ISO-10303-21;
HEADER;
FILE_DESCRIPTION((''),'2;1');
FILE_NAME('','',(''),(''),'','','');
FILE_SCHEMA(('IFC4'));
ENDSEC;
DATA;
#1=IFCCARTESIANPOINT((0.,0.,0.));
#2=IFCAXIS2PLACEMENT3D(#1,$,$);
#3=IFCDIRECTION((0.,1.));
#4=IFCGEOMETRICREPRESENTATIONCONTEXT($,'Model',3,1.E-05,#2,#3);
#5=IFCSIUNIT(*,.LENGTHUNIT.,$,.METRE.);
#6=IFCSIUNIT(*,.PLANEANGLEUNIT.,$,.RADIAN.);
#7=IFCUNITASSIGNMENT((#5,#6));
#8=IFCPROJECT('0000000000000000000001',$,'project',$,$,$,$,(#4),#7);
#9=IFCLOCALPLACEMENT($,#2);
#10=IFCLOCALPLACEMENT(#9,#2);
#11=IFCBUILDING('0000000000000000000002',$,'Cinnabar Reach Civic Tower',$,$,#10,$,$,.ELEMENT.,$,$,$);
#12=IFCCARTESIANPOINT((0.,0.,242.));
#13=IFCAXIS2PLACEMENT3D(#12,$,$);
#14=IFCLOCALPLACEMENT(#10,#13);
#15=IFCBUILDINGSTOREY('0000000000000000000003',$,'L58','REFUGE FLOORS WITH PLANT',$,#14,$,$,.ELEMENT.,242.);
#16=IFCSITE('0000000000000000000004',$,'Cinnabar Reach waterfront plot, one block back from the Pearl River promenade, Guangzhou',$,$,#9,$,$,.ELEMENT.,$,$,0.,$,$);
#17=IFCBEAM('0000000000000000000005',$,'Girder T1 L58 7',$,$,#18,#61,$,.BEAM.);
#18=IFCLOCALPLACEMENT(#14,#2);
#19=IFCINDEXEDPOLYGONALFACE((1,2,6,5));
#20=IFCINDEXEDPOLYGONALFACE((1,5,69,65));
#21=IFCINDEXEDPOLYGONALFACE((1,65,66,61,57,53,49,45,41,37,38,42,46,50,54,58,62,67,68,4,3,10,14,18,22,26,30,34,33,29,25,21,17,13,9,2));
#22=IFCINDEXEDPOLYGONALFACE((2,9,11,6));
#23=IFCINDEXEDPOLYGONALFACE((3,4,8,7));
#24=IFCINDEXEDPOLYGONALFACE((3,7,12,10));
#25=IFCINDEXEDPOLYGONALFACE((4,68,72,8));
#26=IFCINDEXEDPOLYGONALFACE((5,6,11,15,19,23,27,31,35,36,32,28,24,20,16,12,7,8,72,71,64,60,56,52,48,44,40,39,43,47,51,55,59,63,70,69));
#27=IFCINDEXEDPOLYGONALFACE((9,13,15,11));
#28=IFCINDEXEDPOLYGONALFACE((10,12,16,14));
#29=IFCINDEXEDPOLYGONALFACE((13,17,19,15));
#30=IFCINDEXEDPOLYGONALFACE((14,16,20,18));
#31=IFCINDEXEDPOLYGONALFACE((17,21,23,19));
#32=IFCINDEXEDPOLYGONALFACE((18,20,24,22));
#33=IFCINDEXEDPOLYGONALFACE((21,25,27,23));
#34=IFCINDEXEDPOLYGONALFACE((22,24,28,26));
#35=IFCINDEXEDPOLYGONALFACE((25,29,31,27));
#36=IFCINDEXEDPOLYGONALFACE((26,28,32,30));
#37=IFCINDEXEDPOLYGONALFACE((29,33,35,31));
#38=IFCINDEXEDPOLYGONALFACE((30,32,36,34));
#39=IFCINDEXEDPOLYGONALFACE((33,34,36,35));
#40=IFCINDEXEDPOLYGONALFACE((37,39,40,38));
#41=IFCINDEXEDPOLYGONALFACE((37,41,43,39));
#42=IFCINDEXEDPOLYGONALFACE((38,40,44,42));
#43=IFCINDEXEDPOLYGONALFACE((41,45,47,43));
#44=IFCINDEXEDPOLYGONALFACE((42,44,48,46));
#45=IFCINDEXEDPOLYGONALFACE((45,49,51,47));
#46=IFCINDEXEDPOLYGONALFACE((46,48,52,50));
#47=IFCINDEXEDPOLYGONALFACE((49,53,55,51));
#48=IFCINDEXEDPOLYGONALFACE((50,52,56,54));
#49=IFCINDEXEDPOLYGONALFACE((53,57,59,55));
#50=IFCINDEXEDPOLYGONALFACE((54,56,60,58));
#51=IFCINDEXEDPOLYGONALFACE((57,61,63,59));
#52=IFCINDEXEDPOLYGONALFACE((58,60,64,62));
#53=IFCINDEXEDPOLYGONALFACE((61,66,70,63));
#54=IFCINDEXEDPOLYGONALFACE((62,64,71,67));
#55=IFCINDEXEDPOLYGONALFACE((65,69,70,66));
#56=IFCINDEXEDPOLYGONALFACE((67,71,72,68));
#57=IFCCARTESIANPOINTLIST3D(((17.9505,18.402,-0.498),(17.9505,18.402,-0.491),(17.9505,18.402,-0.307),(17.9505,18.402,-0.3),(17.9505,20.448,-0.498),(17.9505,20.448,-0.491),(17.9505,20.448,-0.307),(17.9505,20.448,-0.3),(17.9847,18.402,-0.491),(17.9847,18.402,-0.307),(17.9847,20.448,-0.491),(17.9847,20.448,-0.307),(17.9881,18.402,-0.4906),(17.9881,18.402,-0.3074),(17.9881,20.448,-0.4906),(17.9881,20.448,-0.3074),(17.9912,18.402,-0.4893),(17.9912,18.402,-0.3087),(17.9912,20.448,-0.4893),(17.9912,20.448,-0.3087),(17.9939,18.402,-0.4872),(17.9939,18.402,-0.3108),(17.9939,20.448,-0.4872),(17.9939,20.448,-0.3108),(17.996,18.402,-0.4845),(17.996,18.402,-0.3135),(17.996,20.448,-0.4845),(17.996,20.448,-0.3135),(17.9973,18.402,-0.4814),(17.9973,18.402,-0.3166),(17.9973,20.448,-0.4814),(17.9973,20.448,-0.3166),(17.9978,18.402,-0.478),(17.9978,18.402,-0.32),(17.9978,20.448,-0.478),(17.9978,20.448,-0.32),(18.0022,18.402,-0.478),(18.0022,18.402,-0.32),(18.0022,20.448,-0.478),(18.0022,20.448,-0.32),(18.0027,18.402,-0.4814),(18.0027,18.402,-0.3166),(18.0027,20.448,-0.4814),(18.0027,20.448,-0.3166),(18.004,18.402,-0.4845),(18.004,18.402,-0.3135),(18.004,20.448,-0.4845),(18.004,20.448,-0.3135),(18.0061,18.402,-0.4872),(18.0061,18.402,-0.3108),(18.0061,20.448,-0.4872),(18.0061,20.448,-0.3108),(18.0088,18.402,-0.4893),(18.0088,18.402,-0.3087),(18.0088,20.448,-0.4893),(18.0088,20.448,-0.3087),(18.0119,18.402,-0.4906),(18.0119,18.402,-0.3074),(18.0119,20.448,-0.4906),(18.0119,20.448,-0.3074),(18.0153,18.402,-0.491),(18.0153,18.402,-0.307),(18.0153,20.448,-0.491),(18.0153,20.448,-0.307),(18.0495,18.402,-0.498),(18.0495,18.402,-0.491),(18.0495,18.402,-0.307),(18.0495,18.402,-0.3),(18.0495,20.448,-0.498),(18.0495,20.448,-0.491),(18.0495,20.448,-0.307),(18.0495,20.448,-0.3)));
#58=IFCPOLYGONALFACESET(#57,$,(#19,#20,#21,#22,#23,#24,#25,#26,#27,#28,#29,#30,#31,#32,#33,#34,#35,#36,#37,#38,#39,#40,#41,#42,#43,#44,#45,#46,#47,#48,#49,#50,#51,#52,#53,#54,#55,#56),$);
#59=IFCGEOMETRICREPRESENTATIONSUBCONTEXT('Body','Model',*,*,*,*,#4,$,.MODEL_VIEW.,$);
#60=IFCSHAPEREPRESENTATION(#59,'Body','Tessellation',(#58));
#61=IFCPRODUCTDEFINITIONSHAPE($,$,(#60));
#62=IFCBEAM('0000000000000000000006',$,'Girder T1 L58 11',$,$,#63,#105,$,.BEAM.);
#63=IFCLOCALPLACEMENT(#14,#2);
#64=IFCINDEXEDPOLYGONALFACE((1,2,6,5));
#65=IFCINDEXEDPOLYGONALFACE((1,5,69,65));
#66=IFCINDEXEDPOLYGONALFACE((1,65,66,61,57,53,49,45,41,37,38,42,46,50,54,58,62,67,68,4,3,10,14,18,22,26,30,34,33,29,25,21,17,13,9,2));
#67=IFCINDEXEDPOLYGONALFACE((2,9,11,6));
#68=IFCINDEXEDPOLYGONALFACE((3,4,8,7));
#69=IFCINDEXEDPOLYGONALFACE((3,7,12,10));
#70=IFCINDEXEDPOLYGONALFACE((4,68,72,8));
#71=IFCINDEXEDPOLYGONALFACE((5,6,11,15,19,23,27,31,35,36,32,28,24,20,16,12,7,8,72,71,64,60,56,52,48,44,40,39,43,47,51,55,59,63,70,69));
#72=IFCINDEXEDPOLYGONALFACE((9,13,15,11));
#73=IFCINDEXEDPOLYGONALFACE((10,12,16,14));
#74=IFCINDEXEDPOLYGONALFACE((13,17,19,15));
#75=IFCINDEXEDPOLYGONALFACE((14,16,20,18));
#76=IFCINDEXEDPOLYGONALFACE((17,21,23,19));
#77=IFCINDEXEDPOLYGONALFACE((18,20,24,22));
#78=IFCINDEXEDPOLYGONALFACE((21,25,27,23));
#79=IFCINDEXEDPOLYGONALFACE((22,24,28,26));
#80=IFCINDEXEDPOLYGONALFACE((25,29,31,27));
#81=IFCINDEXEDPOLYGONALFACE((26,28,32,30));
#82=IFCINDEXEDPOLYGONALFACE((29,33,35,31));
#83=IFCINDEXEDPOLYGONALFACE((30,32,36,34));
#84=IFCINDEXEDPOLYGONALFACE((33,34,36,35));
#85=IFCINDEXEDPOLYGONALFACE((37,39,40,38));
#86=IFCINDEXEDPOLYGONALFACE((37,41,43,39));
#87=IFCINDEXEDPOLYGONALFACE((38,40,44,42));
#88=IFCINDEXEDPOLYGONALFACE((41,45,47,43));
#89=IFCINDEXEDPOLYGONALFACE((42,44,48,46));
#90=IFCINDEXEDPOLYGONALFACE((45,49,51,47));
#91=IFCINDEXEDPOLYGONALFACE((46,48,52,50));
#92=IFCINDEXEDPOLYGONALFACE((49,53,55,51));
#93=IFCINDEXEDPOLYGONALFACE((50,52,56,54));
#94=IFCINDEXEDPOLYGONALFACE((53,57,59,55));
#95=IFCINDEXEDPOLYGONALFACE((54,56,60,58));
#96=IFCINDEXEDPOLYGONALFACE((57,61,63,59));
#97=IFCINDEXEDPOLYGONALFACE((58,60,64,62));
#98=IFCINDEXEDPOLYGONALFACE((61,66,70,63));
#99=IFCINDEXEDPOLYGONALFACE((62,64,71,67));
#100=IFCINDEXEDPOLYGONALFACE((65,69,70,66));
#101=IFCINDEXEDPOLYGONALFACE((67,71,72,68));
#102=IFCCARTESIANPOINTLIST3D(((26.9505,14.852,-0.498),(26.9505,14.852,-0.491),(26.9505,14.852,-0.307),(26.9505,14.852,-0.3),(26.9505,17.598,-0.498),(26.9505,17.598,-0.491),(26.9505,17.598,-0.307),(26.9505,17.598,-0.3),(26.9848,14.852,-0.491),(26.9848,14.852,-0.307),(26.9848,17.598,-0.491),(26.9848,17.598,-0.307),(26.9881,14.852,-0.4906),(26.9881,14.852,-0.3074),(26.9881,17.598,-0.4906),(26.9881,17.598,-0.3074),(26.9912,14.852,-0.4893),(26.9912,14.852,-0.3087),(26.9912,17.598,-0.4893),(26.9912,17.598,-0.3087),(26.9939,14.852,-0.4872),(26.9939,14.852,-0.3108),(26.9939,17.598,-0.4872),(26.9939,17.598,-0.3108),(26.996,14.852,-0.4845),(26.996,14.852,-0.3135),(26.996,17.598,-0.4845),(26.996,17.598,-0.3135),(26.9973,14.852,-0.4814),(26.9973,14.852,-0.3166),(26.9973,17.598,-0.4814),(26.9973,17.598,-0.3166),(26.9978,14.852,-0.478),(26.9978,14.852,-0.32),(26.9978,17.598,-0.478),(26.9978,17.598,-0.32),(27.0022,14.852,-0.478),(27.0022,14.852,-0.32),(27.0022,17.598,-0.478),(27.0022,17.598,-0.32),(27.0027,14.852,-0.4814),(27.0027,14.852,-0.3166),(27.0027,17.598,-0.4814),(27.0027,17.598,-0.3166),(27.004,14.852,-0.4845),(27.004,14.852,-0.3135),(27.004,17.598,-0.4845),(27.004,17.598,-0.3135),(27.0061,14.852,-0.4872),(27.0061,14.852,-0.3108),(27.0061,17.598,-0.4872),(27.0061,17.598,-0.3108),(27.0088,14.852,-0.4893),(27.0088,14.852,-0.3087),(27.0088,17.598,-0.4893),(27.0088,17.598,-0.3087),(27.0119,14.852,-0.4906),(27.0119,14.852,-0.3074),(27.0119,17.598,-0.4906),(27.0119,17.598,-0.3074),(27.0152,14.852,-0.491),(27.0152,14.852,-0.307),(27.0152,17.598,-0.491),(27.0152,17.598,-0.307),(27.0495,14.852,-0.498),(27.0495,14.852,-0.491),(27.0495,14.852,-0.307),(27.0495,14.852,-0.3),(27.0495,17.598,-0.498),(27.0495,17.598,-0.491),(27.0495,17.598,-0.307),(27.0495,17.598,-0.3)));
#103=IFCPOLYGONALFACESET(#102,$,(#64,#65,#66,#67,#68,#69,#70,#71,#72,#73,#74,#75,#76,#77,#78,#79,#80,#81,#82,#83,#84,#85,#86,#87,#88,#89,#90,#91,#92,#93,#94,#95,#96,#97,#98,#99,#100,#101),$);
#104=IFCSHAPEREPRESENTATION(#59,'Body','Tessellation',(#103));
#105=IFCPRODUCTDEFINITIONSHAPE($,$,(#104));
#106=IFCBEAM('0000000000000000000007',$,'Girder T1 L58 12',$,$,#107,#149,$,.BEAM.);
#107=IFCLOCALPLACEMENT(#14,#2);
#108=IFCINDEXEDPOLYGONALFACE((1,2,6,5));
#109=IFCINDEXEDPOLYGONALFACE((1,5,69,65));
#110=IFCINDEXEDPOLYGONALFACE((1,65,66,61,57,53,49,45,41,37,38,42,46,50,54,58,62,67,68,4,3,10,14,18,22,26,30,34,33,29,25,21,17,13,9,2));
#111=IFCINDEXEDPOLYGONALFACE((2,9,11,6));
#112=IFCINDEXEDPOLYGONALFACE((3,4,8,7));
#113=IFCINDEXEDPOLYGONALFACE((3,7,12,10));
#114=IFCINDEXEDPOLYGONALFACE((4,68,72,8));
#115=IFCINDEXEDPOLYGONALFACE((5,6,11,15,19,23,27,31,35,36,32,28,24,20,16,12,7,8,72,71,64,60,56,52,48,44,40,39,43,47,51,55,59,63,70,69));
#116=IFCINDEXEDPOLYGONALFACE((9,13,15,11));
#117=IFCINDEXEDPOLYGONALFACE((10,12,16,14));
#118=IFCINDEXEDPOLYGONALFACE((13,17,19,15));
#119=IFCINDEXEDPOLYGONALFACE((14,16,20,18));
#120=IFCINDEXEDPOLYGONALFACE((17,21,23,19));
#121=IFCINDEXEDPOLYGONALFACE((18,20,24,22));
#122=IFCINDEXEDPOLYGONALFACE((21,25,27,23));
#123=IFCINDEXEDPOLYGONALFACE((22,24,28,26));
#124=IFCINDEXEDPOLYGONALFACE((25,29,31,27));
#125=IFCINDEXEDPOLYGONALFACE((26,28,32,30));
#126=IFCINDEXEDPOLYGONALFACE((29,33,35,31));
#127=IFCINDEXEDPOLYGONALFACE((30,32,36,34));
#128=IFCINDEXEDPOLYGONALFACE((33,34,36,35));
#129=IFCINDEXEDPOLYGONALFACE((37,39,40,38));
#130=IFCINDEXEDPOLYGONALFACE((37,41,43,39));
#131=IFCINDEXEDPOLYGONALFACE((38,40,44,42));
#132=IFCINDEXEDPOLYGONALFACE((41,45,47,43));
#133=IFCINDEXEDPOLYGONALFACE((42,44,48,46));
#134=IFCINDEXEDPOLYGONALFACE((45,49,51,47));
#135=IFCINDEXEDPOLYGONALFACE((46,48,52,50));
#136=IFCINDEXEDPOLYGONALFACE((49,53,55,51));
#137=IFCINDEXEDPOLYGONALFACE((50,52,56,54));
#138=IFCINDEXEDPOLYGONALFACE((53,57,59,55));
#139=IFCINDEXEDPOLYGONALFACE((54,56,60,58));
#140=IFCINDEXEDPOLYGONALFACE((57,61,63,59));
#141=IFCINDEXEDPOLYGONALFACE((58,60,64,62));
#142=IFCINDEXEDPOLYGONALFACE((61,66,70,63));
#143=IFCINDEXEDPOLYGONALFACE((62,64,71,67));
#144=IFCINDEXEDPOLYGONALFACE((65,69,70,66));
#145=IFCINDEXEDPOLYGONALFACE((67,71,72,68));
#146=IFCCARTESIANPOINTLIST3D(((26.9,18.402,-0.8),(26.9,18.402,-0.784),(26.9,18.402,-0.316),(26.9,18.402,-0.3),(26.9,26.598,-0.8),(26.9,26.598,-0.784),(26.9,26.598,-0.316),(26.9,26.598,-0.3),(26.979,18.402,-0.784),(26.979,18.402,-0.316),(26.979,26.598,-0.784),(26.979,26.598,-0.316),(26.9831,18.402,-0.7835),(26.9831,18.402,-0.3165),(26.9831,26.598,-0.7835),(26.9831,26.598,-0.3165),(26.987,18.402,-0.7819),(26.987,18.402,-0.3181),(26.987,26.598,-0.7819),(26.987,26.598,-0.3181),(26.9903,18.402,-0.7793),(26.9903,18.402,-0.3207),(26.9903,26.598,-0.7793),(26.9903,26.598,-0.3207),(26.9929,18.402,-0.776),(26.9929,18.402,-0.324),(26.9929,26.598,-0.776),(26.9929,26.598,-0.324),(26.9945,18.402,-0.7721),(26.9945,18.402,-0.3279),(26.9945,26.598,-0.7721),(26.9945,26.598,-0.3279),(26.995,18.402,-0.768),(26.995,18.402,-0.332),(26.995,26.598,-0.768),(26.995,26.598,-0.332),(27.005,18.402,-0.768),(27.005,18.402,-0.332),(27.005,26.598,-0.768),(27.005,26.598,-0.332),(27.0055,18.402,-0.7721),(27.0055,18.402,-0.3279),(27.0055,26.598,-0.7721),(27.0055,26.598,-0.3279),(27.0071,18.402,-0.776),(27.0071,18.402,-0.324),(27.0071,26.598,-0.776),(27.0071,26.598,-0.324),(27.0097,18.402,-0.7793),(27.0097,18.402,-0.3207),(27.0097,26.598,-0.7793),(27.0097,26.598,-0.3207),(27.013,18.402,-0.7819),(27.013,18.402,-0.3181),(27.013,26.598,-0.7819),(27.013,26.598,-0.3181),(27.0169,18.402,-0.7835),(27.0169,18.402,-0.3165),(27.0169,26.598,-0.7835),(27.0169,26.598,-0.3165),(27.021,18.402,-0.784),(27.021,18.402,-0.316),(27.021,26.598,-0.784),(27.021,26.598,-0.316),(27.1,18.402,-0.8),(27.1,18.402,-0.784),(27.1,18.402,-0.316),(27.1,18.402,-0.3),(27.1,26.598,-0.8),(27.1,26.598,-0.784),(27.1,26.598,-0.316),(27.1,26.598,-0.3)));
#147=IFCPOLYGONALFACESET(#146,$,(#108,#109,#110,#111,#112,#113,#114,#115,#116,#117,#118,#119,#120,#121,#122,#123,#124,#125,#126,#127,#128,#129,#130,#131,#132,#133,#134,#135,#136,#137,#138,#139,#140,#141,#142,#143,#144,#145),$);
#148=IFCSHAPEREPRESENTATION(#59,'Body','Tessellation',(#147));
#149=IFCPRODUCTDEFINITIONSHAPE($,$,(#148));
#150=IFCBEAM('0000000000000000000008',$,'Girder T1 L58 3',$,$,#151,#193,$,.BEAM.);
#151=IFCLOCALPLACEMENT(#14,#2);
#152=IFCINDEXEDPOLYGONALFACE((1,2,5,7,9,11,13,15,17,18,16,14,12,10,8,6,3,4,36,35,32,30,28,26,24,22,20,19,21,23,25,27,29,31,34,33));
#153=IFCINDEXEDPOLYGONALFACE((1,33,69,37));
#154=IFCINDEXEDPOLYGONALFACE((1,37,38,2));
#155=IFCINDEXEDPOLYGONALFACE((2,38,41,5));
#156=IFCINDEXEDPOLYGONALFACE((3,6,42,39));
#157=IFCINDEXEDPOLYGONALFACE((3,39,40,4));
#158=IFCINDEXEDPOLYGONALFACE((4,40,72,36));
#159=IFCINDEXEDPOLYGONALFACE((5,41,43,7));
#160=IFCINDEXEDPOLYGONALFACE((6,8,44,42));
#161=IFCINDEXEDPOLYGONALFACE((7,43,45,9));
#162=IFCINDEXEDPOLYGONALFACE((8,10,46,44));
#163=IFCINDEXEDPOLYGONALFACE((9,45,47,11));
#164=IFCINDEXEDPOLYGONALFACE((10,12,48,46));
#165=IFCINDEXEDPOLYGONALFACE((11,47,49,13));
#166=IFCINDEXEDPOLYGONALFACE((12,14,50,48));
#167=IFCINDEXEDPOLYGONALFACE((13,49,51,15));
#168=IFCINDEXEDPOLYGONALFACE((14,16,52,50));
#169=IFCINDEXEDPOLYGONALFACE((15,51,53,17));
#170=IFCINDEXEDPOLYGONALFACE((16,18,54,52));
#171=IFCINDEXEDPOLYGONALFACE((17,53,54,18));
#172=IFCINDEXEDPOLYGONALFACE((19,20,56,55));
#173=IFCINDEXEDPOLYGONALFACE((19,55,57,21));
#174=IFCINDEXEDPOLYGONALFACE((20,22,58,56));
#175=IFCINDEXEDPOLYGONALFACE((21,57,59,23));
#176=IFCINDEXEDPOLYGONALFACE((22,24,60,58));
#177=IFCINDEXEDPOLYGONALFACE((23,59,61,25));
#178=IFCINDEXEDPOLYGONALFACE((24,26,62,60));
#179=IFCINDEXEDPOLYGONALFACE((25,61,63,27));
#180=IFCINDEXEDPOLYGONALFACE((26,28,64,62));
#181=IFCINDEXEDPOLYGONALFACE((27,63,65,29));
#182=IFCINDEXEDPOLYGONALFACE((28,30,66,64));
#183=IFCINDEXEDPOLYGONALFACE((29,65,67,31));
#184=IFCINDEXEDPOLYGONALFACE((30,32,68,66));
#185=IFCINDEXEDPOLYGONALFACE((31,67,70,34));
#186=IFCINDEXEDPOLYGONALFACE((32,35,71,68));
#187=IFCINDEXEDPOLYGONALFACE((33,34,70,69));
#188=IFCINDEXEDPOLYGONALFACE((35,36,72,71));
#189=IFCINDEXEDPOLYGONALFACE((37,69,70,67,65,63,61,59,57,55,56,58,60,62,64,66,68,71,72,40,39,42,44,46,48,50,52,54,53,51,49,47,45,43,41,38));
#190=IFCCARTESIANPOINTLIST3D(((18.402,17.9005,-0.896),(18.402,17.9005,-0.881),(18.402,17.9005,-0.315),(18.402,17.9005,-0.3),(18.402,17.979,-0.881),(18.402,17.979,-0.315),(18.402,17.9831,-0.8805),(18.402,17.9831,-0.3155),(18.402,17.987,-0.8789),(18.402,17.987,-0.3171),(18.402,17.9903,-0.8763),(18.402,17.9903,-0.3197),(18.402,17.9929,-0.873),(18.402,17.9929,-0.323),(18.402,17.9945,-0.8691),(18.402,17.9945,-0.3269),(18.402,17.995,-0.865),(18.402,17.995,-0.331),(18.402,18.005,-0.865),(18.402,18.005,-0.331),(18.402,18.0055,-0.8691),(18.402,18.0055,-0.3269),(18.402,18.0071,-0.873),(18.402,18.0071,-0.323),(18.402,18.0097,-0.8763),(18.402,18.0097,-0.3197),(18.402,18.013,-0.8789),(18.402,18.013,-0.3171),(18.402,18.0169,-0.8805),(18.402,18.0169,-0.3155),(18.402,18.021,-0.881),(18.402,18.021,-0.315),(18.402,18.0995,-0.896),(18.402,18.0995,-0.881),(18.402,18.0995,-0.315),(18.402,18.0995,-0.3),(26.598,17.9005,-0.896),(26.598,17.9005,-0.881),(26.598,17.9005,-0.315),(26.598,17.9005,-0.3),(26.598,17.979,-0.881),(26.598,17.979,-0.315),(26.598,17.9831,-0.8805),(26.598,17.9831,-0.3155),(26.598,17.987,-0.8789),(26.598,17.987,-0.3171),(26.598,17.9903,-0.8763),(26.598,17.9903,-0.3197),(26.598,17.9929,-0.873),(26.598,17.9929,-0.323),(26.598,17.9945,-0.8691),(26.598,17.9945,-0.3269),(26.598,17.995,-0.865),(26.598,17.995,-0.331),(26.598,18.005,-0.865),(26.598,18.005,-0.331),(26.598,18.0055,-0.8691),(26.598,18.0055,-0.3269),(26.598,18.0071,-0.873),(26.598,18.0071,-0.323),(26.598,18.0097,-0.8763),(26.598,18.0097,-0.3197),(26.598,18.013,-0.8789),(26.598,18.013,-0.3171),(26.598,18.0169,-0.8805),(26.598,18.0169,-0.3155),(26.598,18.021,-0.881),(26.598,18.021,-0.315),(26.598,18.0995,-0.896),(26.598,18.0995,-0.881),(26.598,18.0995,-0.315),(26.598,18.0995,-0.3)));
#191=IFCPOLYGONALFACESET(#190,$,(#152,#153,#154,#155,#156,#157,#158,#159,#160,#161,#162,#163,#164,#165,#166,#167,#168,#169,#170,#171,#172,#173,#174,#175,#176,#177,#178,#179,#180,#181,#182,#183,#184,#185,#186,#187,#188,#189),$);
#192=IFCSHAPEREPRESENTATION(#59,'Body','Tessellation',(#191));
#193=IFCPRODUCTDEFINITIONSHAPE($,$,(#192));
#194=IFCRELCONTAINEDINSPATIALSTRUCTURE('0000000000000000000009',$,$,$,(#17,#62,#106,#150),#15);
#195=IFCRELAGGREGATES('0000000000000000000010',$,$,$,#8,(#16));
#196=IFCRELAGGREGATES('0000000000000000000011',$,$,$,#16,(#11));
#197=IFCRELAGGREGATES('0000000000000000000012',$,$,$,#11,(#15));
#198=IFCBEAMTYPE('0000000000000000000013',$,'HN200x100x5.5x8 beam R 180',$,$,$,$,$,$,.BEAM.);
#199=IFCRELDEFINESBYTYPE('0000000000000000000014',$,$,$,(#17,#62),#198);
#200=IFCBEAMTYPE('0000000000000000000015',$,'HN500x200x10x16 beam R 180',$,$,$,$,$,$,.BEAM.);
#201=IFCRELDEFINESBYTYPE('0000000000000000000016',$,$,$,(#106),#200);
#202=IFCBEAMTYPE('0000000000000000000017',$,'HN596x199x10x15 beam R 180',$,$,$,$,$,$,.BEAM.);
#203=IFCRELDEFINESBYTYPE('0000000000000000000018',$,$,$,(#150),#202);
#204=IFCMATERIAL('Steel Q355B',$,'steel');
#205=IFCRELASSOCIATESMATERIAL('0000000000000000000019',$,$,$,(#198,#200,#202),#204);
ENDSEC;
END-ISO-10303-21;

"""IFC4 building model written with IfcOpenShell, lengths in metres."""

from ifc_helpers import new_model, si_unit, direction, frame, origin, origin_2d, place, context, subcontext, project, spatial, i_section, extrude, material, material_profile, profile_set, type_object, element, save


model = new_model("IFC4")

# Units and contexts
model_context = context("Model", 3, precision=1e-05, world=origin(), true_north=direction((0.0, 1.0)))
body_context = subcontext(model_context, "Body", "Model", "MODEL_VIEW")
ifc_project = project(units=[si_unit("LENGTHUNIT", "METRE"), si_unit("PLANEANGLEUNIT", "RADIAN")], contexts=[model_context])

# Site, building, storey
site_placement = place(None, origin())
site = spatial("IfcSite", under=ifc_project, at=site_placement, Name="Cinnabar Reach waterfront plot, one block back from the Pearl River promenade, Guangzhou", CompositionType="ELEMENT", RefElevation=0.0)
building_placement = place(site_placement, origin())
building = spatial("IfcBuilding", under=site, at=building_placement, Name="Cinnabar Reach Civic Tower", CompositionType="ELEMENT")
storey_placement = place(building_placement, frame((0.0, 0.0, 242.0)))
storey = spatial("IfcBuildingStorey", under=building, at=storey_placement, Name="L58", Description="REFUGE FLOORS WITH PLANT", CompositionType="ELEMENT", Elevation=242.0)

# Beams
ifc_material_1 = material(Name="Steel Q355B", Category="steel")
ifc_material_profile_1 = material_profile(ifc_material_1, i_section(OverallWidth=0.099, OverallDepth=0.198, WebThickness=0.0045, FlangeThickness=0.007, FilletRadius=0.013, at=origin_2d()), Name="HN200x100x5.5x8")
ifc_profile_set_1 = profile_set([ifc_material_profile_1], Name="Steel Q355B")
beam_type_1 = type_object("IfcBeamType", Name="HN200x100x5.5x8 beam R 180", PredefinedType="BEAM", material=ifc_profile_set_1)
beam_1_placement = place(storey_placement, frame((18.0, 18.402, -0.399), z_axis=(0.0, 1.0, 0.0), x_axis=(-1.0, 0.0, 0.0)))
element("IfcBeam", 1, at=beam_1_placement, inside=storey, type_object=beam_type_1, Name="Girder T1 L58 7", PredefinedType="BEAM", context=body_context, shape_type="SweptSolid", body=[
    extrude(i_section(OverallWidth=0.099, OverallDepth=0.198, WebThickness=0.0045, FlangeThickness=0.007, FilletRadius=0.013, at=origin_2d()), origin(), (0.0, 0.0, 1.0), 2.046),
])
beam_2_placement = place(storey_placement, frame((27.0, 14.852, -0.399), z_axis=(0.0, 1.0, 0.0), x_axis=(-1.0, 0.0, 0.0)))
element("IfcBeam", 2, at=beam_2_placement, inside=storey, type_object=beam_type_1, Name="Girder T1 L58 11", PredefinedType="BEAM", context=body_context, shape_type="SweptSolid", body=[
    extrude(i_section(OverallWidth=0.099, OverallDepth=0.198, WebThickness=0.0045, FlangeThickness=0.007, FilletRadius=0.013, at=origin_2d()), origin(), (0.0, 0.0, 1.0), 2.746),
])
ifc_material_profile_2 = material_profile(ifc_material_1, i_section(OverallWidth=0.2, OverallDepth=0.5, WebThickness=0.01, FlangeThickness=0.016, FilletRadius=0.016, at=origin_2d()), Name="HN500x200x10x16")
ifc_profile_set_2 = profile_set([ifc_material_profile_2], Name="Steel Q355B")
beam_type_2 = type_object("IfcBeamType", Name="HN500x200x10x16 beam R 180", PredefinedType="BEAM", material=ifc_profile_set_2)
beam_3_placement = place(storey_placement, frame((27.0, 18.402, -0.55), z_axis=(0.0, 1.0, 0.0), x_axis=(-1.0, 0.0, 0.0)))
element("IfcBeam", 3, at=beam_3_placement, inside=storey, type_object=beam_type_2, Name="Girder T1 L58 12", PredefinedType="BEAM", context=body_context, shape_type="SweptSolid", body=[
    extrude(i_section(OverallWidth=0.2, OverallDepth=0.5, WebThickness=0.01, FlangeThickness=0.016, FilletRadius=0.016, at=origin_2d()), origin(), (0.0, 0.0, 1.0), 8.196),
])
ifc_material_profile_3 = material_profile(ifc_material_1, i_section(OverallWidth=0.199, OverallDepth=0.596, WebThickness=0.01, FlangeThickness=0.015, FilletRadius=0.016, at=origin_2d()), Name="HN596x199x10x15")
ifc_profile_set_3 = profile_set([ifc_material_profile_3], Name="Steel Q355B")
beam_type_3 = type_object("IfcBeamType", Name="HN596x199x10x15 beam R 180", PredefinedType="BEAM", material=ifc_profile_set_3)
for number, where, z_axis, x_axis, name in (
    (4, (18.402, 18.0, -0.598), (1.0, 0.0, 0.0), (0.0, 1.0, 0.0), "Girder T1 L58 3"),
):
    element("IfcBeam", number, at=place(storey_placement, frame(where, z_axis=z_axis, x_axis=x_axis)), inside=storey, type_object=beam_type_3, Name=name, PredefinedType="BEAM", context=body_context, shape_type="SweptSolid", body=[
        extrude(i_section(OverallWidth=0.199, OverallDepth=0.596, WebThickness=0.01, FlangeThickness=0.015, FilletRadius=0.016, at=origin_2d()), origin(), (0.0, 0.0, 1.0), 8.196),
    ])

save(model, "model.ifc")
